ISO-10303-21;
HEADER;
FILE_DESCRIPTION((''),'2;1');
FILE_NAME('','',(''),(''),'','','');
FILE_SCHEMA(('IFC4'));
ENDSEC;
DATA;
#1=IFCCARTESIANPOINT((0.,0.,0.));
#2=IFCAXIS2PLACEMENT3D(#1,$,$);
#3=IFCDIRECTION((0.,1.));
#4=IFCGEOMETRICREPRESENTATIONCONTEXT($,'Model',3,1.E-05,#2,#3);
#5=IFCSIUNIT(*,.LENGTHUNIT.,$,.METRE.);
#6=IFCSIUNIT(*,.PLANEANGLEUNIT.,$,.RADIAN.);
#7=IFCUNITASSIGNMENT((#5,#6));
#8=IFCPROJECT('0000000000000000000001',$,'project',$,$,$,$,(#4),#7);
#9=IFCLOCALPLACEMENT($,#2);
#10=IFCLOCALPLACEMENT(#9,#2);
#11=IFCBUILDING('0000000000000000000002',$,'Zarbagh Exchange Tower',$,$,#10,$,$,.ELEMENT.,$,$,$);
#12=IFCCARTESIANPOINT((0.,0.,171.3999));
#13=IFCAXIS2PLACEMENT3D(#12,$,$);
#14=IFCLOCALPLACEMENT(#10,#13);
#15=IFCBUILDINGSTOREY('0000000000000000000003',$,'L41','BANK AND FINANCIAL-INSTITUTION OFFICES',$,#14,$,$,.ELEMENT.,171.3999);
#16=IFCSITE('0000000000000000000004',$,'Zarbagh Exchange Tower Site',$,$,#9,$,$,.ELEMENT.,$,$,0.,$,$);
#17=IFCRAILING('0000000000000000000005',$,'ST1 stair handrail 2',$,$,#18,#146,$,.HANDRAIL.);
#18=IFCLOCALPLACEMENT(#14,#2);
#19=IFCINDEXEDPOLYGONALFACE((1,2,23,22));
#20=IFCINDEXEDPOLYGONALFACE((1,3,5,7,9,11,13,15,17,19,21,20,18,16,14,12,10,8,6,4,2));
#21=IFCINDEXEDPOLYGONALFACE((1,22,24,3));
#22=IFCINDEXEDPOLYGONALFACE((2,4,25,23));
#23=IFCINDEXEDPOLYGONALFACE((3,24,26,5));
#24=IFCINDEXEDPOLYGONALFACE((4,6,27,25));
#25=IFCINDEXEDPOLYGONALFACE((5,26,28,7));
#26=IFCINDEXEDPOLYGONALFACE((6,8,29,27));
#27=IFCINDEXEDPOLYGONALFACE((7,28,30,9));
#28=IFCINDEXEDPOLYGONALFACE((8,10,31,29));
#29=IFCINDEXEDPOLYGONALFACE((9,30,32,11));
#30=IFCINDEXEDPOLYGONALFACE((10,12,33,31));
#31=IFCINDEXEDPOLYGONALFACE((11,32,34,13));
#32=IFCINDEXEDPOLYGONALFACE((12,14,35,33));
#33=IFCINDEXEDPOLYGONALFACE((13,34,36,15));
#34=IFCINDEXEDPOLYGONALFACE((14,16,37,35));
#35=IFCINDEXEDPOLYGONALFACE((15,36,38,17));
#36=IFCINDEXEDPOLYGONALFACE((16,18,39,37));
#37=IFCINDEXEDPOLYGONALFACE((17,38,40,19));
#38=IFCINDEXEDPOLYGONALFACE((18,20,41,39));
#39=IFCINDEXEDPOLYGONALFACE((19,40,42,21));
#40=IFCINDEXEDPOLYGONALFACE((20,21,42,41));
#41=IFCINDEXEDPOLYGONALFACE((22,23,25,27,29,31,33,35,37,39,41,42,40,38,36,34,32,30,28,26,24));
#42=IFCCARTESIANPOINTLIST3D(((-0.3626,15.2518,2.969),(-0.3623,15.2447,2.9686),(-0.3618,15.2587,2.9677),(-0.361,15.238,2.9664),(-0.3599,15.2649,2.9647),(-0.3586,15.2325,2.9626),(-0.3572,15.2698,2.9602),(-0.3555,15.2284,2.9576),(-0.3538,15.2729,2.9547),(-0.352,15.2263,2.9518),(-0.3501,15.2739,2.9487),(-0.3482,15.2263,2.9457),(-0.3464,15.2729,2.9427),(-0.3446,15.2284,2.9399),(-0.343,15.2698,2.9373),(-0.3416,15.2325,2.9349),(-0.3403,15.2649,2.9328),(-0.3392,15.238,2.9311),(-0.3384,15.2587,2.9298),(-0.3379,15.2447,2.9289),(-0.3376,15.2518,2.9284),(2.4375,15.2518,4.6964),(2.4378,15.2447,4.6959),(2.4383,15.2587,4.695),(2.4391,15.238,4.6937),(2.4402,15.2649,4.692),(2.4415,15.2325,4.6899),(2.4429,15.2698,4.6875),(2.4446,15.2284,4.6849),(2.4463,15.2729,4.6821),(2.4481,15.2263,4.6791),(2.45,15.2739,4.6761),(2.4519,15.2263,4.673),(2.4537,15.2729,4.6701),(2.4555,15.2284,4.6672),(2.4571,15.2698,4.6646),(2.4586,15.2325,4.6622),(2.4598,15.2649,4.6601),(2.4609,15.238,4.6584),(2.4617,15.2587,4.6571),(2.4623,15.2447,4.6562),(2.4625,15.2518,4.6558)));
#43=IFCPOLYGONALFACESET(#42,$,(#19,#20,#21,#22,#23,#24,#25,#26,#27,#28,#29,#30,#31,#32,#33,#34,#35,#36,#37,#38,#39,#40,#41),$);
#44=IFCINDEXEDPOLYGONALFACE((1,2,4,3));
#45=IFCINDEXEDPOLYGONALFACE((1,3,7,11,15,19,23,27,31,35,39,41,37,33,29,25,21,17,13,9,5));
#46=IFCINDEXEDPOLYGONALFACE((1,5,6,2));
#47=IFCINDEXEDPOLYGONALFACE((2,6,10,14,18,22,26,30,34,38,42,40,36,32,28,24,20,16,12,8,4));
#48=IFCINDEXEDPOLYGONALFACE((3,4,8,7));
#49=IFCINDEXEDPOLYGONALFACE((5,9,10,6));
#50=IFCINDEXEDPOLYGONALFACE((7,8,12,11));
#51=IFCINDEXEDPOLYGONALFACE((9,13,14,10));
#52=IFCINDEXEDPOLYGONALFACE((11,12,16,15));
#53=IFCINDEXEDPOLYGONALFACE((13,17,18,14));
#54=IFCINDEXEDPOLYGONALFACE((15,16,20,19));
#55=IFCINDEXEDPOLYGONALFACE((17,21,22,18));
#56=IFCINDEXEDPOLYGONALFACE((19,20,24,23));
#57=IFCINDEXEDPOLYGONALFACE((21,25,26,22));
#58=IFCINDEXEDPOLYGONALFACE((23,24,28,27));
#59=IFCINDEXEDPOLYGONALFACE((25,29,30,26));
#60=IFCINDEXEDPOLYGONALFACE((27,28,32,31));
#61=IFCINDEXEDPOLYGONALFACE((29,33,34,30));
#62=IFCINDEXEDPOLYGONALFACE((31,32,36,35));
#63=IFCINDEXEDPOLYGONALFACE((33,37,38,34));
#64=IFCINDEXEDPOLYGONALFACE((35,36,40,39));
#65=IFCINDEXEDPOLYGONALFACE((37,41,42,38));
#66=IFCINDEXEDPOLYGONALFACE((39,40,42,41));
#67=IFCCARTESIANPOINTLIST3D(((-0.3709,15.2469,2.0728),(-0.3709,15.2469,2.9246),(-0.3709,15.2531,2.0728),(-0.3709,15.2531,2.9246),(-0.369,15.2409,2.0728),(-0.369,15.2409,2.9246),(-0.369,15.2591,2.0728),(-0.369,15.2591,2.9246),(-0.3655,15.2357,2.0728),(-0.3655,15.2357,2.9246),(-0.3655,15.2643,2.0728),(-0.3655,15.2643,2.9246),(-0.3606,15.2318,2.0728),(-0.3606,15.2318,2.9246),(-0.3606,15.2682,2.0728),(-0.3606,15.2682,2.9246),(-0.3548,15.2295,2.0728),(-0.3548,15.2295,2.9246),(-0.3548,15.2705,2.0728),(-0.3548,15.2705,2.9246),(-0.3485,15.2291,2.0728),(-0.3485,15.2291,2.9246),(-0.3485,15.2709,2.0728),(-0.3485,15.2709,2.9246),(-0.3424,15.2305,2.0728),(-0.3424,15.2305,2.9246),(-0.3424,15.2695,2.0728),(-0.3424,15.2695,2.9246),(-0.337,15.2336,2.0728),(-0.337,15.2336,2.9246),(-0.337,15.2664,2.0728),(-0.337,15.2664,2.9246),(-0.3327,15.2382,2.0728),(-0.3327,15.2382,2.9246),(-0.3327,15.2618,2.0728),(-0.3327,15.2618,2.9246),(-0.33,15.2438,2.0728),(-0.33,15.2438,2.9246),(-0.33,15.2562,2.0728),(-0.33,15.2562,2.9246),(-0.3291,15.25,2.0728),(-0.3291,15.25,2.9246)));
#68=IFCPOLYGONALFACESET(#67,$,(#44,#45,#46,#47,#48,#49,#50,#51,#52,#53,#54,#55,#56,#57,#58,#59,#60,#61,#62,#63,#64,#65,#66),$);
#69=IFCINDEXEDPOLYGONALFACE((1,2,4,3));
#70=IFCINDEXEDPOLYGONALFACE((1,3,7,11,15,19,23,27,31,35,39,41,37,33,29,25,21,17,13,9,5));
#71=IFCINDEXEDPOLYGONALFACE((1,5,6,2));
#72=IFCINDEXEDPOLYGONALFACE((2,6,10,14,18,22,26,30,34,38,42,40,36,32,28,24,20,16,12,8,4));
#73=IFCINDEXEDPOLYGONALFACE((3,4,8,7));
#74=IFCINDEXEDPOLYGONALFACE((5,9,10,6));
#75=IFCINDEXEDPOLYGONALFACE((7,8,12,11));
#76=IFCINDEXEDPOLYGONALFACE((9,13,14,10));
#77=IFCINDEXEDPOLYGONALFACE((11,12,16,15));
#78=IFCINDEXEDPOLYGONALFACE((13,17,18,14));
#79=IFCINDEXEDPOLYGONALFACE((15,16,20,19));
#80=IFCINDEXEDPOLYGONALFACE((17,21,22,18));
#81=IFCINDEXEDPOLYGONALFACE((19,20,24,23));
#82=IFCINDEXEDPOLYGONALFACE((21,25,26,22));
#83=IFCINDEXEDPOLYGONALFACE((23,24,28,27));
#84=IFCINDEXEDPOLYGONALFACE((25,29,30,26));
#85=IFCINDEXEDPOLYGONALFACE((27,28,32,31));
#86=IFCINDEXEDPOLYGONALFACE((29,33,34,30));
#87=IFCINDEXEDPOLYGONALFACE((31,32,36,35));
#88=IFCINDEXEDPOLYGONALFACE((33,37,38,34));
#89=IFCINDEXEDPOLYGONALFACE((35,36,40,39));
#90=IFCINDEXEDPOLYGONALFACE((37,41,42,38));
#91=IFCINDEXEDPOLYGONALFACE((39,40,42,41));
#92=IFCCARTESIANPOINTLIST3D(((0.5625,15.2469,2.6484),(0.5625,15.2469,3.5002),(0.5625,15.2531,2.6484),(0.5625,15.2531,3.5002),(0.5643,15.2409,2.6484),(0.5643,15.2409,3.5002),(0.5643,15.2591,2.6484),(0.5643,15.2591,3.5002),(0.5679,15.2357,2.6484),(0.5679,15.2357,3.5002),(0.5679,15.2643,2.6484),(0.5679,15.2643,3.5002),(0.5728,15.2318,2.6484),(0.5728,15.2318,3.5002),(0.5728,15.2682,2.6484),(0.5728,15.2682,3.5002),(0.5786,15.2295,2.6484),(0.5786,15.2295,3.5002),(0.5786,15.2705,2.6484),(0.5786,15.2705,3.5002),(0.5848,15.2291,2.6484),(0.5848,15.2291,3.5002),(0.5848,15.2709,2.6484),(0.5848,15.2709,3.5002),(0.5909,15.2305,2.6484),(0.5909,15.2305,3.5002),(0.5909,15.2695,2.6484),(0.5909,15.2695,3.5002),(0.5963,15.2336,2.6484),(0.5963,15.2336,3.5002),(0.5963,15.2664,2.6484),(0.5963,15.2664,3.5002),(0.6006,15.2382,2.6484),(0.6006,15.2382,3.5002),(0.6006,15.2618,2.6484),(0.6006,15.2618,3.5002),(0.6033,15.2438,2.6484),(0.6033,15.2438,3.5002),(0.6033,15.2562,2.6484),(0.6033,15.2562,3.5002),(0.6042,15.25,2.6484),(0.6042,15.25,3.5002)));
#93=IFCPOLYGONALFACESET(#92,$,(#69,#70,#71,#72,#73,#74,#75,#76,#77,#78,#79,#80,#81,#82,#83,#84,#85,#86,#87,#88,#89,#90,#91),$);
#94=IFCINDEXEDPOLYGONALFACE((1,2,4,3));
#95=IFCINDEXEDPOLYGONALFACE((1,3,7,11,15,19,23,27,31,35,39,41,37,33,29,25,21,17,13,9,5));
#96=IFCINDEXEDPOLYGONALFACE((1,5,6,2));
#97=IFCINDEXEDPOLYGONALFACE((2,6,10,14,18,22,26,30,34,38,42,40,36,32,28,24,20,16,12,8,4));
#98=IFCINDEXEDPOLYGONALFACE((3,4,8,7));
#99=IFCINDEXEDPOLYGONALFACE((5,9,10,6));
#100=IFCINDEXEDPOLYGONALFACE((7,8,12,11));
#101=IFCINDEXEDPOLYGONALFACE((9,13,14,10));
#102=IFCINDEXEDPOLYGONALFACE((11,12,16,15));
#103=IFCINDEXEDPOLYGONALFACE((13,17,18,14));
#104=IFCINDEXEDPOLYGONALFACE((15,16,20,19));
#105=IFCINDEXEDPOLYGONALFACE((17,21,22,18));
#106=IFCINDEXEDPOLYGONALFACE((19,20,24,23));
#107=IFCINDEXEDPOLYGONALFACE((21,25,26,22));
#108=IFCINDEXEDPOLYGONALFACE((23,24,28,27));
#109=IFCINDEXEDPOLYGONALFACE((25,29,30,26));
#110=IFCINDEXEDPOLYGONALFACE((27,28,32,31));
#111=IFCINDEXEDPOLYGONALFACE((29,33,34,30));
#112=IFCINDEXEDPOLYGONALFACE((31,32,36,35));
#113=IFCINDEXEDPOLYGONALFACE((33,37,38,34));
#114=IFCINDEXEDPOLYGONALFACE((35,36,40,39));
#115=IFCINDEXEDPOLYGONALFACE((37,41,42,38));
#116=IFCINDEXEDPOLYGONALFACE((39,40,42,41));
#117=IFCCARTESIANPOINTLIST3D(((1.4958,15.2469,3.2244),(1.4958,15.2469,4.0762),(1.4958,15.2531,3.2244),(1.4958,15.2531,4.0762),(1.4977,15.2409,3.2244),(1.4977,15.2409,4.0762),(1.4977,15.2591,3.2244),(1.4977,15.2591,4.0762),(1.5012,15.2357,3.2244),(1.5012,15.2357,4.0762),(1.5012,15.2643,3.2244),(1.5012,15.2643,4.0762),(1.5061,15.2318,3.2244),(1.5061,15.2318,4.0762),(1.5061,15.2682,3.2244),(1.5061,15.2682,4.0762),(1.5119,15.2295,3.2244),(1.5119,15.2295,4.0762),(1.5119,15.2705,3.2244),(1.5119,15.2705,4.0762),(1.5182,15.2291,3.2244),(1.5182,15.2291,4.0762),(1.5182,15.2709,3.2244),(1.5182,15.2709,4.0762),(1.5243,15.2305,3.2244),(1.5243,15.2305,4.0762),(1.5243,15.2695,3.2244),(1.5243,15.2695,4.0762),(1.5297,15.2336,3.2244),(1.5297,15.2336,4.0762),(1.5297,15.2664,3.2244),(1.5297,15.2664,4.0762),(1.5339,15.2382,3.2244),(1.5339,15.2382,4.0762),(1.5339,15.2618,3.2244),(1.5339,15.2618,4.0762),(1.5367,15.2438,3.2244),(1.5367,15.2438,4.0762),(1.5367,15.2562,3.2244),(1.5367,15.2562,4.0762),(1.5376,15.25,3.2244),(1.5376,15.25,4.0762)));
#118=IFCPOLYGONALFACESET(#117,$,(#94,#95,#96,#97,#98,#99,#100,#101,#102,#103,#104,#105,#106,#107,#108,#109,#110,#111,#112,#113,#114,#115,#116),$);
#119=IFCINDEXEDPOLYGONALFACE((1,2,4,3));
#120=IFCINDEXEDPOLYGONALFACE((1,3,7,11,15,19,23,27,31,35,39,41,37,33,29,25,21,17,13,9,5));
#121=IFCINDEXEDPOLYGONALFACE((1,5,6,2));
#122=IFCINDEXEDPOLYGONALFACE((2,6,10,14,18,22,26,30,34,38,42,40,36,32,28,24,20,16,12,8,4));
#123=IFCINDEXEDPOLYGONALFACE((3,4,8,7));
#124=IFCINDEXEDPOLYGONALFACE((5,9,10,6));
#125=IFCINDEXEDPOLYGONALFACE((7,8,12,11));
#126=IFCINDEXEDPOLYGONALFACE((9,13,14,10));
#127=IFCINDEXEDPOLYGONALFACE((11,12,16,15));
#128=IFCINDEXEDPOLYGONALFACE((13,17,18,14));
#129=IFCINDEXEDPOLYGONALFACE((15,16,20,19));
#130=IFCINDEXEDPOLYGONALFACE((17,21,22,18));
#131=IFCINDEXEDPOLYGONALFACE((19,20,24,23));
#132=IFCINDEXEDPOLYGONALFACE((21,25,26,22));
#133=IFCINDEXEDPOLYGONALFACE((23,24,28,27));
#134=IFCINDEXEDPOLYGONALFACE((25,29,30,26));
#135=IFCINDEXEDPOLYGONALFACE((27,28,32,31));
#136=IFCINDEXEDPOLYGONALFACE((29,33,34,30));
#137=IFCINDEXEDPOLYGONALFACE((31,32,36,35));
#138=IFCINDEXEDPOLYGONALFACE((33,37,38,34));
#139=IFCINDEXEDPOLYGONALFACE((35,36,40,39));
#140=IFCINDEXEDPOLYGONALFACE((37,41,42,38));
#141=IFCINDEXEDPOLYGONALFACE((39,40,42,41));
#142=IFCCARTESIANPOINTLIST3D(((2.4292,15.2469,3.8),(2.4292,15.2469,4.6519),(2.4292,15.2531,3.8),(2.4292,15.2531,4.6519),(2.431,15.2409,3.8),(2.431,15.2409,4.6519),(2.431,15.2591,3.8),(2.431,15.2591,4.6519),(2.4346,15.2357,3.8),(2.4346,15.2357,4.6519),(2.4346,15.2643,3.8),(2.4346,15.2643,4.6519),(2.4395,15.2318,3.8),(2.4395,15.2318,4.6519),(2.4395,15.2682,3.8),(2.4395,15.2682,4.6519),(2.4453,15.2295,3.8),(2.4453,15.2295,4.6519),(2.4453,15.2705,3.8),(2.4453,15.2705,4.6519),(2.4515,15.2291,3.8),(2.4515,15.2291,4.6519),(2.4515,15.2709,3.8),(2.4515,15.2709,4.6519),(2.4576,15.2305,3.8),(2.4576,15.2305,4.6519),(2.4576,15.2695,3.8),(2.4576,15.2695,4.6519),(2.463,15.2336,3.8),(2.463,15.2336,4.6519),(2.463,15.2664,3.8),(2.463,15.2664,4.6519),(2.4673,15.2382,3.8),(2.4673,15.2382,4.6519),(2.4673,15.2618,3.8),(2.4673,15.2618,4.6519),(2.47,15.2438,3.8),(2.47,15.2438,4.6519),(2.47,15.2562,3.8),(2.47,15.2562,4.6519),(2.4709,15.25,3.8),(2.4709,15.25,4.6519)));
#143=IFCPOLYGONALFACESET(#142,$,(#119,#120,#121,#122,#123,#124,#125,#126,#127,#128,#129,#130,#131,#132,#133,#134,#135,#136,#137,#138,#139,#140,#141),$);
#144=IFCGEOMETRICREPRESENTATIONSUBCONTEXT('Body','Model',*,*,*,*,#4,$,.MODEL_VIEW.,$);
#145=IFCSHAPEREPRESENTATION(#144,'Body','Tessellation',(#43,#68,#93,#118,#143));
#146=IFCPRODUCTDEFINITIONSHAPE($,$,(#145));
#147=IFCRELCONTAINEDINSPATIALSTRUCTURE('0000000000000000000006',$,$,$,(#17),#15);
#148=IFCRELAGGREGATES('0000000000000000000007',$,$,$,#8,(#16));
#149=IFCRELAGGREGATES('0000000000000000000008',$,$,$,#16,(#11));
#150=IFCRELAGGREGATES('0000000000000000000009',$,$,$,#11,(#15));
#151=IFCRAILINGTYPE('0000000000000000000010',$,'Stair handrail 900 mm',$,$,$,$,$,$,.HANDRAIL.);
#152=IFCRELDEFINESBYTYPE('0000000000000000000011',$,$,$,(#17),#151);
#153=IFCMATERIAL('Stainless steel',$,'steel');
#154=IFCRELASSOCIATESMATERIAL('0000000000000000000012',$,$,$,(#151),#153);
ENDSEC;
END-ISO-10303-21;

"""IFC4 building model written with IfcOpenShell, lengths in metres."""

from ifc_helpers import new_model, si_unit, direction, frame, origin, origin_2d, place, context, subcontext, project, spatial, circle, extrude, material, type_object, element, save


model = new_model("IFC4")

# Units and contexts
model_context = context("Model", 3, precision=1e-05, world=origin(), true_north=direction((0.0, 1.0)))
body_context = subcontext(model_context, "Body", "Model", "MODEL_VIEW")
ifc_project = project(units=[si_unit("LENGTHUNIT", "METRE"), si_unit("PLANEANGLEUNIT", "RADIAN")], contexts=[model_context])

# Site, building, storey
site_placement = place(None, origin())
site = spatial("IfcSite", under=ifc_project, at=site_placement, Name="Zarbagh Exchange Tower Site", CompositionType="ELEMENT", RefElevation=0.0)
building_placement = place(site_placement, origin())
building = spatial("IfcBuilding", under=site, at=building_placement, Name="Zarbagh Exchange Tower", CompositionType="ELEMENT")
storey_placement = place(building_placement, frame((0.0, 0.0, 171.3999)))
storey = spatial("IfcBuildingStorey", under=building, at=storey_placement, Name="L41", Description="BANK AND FINANCIAL-INSTITUTION OFFICES", CompositionType="ELEMENT", Elevation=171.3999)

# Railing
ifc_material_1 = material(Name="Stainless steel", Category="steel")
railing_type_1 = type_object("IfcRailingType", Name="Stair handrail 900 mm", PredefinedType="HANDRAIL", material=ifc_material_1)
railing_1_placement = place(storey_placement, frame((-0.3501, 15.25, 2.0728)))
element("IfcRailing", 1, at=railing_1_placement, inside=storey, type_object=railing_type_1, Name="ST1 stair handrail 2", PredefinedType="HANDRAIL", context=body_context, shape_type="SweptSolid", body=[
    extrude(circle(Radius=0.0239, at=origin_2d()), frame((0.0, 0.0, 0.876), z_axis=(0.85109, 0.0, 0.52502), x_axis=(0.0, 1.0, 0.0)), (0.0, 0.0, 1.0), 3.29),
    extrude(circle(Radius=0.021, at=origin_2d()), origin(), (0.0, 0.0, 1.0), 0.8518),
    extrude(circle(Radius=0.021, at=origin_2d()), frame((0.9333, 0.0, 0.5757)), (0.0, 0.0, 1.0), 0.8518),
    extrude(circle(Radius=0.021, at=origin_2d()), frame((1.8667, 0.0, 1.1516)), (0.0, 0.0, 1.0), 0.8518),
    extrude(circle(Radius=0.021, at=origin_2d()), frame((2.8, 0.0, 1.7273)), (0.0, 0.0, 1.0), 0.8518),
])

save(model, "model.ifc")
